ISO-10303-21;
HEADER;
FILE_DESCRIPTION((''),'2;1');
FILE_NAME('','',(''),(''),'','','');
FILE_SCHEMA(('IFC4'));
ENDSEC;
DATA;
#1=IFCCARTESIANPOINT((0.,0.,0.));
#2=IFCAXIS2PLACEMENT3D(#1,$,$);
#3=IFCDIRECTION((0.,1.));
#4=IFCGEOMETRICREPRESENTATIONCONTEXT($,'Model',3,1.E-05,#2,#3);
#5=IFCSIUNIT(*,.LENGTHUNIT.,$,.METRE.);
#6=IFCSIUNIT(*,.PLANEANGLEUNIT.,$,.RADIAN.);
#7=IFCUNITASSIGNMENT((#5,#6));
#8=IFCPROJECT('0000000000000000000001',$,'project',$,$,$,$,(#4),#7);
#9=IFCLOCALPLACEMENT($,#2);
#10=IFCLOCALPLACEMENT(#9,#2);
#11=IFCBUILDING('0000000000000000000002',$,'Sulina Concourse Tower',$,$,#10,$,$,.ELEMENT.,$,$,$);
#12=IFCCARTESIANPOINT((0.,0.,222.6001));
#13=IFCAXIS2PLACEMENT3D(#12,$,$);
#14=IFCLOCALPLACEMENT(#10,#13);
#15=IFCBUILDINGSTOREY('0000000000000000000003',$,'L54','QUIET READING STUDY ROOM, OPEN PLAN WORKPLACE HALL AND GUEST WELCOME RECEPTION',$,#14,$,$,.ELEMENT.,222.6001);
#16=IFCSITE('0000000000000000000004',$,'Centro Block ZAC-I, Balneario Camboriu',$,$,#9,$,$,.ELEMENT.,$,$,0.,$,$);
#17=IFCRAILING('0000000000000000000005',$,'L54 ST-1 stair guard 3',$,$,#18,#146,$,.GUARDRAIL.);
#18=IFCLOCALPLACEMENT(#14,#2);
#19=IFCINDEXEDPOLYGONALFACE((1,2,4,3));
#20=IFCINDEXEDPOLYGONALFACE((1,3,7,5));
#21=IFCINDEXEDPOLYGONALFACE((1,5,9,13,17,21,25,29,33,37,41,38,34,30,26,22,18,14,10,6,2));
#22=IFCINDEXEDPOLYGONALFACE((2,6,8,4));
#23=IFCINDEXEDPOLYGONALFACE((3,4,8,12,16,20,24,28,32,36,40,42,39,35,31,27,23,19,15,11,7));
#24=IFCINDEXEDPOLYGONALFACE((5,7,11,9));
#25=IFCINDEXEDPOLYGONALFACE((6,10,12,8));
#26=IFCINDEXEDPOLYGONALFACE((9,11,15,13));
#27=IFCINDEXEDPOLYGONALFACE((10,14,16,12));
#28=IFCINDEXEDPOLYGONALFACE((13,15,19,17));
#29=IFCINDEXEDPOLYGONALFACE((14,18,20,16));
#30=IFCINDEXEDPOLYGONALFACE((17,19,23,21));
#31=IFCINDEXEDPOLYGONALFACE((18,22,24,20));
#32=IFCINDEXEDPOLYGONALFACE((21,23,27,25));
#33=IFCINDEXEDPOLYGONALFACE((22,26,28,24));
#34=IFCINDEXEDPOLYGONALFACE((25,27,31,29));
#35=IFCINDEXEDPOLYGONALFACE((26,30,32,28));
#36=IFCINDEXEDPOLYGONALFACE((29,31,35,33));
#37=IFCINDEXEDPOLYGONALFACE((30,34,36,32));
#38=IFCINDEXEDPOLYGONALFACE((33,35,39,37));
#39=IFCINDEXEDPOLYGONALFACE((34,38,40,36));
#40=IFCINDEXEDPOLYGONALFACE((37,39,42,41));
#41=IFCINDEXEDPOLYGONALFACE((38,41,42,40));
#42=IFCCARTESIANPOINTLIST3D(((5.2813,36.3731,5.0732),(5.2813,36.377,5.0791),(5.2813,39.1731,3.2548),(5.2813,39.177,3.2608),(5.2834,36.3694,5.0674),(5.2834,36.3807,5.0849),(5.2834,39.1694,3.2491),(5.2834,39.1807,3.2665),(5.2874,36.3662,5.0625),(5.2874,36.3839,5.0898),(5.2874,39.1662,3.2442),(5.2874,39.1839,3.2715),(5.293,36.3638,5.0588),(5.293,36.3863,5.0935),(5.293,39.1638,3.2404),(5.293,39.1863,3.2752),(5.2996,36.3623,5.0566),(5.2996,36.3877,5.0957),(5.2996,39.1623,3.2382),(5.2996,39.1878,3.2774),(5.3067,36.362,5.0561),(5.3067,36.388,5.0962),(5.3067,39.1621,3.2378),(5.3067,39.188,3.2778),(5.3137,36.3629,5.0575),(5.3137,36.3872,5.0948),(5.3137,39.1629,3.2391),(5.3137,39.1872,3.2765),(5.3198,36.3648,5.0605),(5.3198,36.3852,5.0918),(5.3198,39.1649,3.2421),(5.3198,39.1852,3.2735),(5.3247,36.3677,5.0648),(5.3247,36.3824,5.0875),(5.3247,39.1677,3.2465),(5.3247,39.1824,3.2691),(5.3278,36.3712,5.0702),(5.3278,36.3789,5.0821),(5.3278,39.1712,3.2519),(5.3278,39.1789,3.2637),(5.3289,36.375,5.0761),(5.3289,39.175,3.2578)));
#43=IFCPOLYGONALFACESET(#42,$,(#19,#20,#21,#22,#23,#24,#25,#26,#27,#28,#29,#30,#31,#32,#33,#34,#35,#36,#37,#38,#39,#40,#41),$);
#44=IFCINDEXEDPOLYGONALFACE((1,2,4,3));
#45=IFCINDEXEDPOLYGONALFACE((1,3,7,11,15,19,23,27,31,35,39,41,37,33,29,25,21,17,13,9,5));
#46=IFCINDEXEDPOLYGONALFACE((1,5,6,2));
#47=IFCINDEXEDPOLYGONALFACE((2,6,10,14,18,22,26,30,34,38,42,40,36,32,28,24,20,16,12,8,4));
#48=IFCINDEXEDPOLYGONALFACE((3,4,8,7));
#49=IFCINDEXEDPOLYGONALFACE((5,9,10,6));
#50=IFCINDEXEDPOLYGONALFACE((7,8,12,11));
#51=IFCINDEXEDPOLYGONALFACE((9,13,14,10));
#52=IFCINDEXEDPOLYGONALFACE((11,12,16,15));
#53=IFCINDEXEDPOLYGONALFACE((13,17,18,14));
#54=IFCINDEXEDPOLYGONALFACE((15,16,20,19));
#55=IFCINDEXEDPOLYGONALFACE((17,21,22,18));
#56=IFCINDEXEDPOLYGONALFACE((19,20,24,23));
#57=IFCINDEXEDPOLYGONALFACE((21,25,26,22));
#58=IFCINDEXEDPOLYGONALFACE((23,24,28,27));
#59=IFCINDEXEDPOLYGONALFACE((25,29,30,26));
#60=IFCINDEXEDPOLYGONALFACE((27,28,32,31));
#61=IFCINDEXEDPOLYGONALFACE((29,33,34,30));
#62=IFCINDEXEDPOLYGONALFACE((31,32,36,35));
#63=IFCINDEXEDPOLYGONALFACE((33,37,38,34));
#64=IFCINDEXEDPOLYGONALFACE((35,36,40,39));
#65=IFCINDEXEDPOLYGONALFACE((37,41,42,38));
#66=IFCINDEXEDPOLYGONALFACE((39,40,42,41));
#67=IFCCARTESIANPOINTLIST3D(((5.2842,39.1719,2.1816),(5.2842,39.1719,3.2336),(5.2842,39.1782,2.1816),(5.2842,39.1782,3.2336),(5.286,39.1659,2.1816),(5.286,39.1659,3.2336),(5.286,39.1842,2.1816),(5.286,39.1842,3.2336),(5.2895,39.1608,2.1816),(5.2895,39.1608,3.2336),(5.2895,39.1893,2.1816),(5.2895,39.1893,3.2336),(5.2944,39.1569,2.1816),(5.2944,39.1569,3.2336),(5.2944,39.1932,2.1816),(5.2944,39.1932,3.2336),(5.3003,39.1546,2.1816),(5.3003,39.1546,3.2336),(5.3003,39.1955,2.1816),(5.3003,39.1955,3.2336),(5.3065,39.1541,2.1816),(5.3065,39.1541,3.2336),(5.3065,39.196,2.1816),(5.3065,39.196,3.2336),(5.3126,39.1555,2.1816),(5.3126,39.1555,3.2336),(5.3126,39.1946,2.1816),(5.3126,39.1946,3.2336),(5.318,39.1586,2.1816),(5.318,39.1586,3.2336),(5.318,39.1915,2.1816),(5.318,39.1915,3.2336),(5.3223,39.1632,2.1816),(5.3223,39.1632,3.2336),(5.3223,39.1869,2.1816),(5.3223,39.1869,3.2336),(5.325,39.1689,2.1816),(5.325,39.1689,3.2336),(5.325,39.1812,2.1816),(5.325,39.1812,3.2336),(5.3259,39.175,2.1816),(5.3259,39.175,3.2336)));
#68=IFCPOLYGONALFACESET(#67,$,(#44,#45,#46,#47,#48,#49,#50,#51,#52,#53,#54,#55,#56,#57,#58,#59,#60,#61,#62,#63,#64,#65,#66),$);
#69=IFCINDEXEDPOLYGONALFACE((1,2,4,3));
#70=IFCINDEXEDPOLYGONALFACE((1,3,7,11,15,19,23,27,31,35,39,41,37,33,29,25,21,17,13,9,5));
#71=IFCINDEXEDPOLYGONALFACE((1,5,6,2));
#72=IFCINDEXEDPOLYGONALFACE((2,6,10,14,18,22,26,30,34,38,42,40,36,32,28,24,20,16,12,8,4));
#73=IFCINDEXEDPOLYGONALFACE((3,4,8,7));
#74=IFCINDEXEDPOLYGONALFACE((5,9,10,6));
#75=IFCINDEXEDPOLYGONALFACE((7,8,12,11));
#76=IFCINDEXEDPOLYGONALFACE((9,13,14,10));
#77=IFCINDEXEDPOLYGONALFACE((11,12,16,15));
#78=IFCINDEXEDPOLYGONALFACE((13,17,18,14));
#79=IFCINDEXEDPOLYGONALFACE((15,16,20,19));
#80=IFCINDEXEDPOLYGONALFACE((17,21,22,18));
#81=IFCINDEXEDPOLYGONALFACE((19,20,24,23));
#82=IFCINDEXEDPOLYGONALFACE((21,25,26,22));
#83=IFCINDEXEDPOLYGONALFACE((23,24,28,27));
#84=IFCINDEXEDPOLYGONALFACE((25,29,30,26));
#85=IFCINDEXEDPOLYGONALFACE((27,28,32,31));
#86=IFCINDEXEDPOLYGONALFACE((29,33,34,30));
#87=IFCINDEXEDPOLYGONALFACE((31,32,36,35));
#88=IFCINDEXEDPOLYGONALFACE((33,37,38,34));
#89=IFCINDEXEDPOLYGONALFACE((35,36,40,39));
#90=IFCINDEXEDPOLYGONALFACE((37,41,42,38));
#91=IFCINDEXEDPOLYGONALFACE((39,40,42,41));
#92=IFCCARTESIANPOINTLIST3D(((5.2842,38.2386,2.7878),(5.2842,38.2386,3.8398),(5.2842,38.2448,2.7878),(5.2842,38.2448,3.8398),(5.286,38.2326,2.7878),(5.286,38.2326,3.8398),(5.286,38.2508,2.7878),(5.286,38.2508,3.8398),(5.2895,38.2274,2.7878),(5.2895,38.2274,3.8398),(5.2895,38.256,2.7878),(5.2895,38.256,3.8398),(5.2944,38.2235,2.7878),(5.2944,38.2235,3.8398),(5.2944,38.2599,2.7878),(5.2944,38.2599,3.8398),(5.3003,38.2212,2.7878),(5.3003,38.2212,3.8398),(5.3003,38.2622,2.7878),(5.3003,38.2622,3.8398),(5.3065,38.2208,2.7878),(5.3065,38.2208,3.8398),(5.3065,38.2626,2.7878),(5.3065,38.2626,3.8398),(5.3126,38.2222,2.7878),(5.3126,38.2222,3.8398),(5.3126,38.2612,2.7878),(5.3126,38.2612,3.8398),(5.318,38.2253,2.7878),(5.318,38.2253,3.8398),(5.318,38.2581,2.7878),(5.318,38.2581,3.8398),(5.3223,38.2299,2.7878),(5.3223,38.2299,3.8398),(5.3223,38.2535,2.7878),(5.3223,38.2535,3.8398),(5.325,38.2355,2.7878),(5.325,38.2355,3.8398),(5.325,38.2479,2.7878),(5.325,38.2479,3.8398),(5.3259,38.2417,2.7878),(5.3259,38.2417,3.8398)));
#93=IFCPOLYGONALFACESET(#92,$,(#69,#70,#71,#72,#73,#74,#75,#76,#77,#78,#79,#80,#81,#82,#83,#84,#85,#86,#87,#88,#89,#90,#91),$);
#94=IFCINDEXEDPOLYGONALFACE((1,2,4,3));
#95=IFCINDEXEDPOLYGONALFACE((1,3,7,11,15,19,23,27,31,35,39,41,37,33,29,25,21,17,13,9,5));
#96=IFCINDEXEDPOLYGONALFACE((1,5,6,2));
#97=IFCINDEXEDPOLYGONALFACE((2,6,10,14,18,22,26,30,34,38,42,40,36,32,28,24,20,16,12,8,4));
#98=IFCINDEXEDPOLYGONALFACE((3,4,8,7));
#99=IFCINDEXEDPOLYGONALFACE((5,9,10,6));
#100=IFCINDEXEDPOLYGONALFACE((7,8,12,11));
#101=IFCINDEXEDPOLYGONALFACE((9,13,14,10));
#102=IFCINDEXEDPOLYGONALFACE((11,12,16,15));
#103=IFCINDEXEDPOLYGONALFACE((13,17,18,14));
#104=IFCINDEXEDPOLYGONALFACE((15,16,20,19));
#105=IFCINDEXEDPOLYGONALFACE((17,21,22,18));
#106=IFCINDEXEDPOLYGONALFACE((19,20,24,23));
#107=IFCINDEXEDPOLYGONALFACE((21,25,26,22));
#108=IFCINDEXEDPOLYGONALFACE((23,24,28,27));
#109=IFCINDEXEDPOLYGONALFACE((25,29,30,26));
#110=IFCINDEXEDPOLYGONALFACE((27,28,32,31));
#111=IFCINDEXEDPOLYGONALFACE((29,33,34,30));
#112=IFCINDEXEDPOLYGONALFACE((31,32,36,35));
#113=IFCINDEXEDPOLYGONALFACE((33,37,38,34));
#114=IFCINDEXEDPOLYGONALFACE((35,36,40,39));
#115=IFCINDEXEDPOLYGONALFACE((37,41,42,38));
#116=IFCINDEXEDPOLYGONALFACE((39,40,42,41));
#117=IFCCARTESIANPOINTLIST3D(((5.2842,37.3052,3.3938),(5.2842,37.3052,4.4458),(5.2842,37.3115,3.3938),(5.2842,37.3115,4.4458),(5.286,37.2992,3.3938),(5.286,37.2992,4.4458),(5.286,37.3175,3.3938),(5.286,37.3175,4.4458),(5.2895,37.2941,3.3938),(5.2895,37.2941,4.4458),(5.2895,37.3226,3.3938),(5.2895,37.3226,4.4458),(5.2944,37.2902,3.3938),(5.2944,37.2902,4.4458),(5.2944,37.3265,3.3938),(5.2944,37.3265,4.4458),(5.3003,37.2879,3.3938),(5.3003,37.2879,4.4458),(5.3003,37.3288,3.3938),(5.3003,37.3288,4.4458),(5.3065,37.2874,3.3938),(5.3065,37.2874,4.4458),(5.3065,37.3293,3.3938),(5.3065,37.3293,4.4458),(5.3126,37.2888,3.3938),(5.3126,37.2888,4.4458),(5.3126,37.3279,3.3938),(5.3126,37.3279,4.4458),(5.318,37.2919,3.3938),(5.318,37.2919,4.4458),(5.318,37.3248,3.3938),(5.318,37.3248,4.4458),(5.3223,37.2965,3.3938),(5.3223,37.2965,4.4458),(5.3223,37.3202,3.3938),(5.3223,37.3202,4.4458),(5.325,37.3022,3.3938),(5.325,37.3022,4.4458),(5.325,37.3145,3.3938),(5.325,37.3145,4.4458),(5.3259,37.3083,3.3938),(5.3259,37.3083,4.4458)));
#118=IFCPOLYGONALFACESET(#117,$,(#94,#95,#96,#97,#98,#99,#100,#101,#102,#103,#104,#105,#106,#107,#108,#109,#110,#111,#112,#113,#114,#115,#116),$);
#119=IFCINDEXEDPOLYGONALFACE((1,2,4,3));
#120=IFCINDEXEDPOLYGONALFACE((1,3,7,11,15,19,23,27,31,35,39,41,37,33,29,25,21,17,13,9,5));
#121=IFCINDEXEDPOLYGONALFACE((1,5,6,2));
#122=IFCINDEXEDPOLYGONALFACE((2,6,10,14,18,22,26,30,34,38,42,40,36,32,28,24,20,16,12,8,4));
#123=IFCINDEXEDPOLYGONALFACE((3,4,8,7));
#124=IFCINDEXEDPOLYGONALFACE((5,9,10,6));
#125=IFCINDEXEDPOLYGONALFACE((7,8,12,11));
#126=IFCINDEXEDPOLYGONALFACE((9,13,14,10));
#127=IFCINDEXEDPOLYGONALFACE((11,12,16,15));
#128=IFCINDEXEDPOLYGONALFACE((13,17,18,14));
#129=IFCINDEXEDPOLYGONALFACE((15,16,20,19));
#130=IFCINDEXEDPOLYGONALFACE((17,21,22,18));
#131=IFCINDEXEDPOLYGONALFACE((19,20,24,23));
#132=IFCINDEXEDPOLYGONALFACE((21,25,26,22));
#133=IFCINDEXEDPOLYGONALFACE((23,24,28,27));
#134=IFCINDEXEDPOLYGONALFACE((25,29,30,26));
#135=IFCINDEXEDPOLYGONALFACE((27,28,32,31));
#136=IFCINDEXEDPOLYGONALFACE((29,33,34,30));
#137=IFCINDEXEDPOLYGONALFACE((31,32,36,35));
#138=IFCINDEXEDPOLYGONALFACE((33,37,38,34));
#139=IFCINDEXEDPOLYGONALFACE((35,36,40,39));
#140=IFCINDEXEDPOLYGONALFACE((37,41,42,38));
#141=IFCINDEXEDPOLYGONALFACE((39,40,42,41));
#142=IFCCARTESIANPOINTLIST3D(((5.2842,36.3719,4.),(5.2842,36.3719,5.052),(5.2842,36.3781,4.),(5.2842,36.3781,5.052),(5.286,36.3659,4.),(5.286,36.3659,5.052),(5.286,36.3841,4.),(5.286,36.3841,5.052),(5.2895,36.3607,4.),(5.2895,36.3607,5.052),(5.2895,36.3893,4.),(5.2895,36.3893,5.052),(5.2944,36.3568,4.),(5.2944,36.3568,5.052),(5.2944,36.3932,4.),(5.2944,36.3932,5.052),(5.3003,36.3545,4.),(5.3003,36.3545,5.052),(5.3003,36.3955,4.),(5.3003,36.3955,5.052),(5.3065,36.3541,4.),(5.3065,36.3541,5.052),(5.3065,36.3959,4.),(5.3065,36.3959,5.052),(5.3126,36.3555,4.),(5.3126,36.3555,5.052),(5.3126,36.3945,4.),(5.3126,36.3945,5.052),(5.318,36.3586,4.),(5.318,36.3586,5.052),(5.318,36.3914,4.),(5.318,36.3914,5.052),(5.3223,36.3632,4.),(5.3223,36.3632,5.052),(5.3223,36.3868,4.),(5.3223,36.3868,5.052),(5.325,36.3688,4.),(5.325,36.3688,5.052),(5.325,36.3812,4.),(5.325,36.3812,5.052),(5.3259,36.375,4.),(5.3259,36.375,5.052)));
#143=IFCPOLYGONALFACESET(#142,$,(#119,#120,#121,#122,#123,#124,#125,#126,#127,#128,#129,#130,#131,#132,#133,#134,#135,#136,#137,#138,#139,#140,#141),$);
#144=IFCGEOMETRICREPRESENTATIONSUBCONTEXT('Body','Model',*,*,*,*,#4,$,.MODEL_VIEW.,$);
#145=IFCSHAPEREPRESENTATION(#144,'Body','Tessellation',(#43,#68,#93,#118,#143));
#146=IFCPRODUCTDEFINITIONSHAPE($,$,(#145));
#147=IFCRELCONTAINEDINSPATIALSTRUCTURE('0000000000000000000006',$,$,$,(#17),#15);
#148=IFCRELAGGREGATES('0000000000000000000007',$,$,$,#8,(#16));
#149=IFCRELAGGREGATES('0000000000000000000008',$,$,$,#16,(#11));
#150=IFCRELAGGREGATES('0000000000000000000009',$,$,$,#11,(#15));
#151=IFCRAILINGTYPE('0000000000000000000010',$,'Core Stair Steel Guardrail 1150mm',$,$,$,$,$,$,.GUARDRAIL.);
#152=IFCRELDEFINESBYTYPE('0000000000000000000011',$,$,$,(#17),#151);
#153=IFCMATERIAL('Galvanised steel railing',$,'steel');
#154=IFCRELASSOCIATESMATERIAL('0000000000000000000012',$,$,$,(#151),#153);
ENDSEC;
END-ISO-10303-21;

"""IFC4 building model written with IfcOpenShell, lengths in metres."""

from ifc_helpers import new_model, si_unit, direction, frame, origin, origin_2d, place, context, subcontext, project, spatial, circle, extrude, material, type_object, element, save


model = new_model("IFC4")

# Units and contexts
model_context = context("Model", 3, precision=1e-05, world=origin(), true_north=direction((0.0, 1.0)))
body_context = subcontext(model_context, "Body", "Model", "MODEL_VIEW")
ifc_project = project(units=[si_unit("LENGTHUNIT", "METRE"), si_unit("PLANEANGLEUNIT", "RADIAN")], contexts=[model_context])

# Site, building, storey
site_placement = place(None, origin())
site = spatial("IfcSite", under=ifc_project, at=site_placement, Name="Centro Block ZAC-I, Balneario Camboriu", CompositionType="ELEMENT", RefElevation=0.0)
building_placement = place(site_placement, origin())
building = spatial("IfcBuilding", under=site, at=building_placement, Name="Sulina Concourse Tower", CompositionType="ELEMENT")
storey_placement = place(building_placement, frame((0.0, 0.0, 222.6001)))
storey = spatial("IfcBuildingStorey", under=building, at=storey_placement, Name="L54", Description="QUIET READING STUDY ROOM, OPEN PLAN WORKPLACE HALL AND GUEST WELCOME RECEPTION", CompositionType="ELEMENT", Elevation=222.6001)

# Railing
ifc_material_1 = material(Name="Galvanised steel railing", Category="steel")
railing_type_1 = type_object("IfcRailingType", Name="Core Stair Steel Guardrail 1150mm", PredefinedType="GUARDRAIL", material=ifc_material_1)
railing_1_placement = place(storey_placement, frame((5.3049, 39.175, 2.1816)))
element("IfcRailing", 1, at=railing_1_placement, inside=storey, type_object=railing_type_1, Name="L54 ST-1 stair guard 3", PredefinedType="GUARDRAIL", context=body_context, shape_type="SweptSolid", body=[
    extrude(circle(Radius=0.0239, at=origin_2d()), frame((0.0, 0.0, 1.0762), z_axis=(0.0, -0.838672, 0.544636), x_axis=(1.0, 0.0, 0.0)), (0.0, 0.0, 1.0), 3.3386),
    extrude(circle(Radius=0.021, at=origin_2d()), origin(), (0.0, 0.0, 1.0), 1.052),
    extrude(circle(Radius=0.021, at=origin_2d()), frame((0.0, -0.9333, 0.6062)), (0.0, 0.0, 1.0), 1.052),
    extrude(circle(Radius=0.021, at=origin_2d()), frame((0.0, -1.8667, 1.2122)), (0.0, 0.0, 1.0), 1.052),
    extrude(circle(Radius=0.021, at=origin_2d()), frame((0.0, -2.8, 1.8184)), (0.0, 0.0, 1.0), 1.052),
])

save(model, "model.ifc")
